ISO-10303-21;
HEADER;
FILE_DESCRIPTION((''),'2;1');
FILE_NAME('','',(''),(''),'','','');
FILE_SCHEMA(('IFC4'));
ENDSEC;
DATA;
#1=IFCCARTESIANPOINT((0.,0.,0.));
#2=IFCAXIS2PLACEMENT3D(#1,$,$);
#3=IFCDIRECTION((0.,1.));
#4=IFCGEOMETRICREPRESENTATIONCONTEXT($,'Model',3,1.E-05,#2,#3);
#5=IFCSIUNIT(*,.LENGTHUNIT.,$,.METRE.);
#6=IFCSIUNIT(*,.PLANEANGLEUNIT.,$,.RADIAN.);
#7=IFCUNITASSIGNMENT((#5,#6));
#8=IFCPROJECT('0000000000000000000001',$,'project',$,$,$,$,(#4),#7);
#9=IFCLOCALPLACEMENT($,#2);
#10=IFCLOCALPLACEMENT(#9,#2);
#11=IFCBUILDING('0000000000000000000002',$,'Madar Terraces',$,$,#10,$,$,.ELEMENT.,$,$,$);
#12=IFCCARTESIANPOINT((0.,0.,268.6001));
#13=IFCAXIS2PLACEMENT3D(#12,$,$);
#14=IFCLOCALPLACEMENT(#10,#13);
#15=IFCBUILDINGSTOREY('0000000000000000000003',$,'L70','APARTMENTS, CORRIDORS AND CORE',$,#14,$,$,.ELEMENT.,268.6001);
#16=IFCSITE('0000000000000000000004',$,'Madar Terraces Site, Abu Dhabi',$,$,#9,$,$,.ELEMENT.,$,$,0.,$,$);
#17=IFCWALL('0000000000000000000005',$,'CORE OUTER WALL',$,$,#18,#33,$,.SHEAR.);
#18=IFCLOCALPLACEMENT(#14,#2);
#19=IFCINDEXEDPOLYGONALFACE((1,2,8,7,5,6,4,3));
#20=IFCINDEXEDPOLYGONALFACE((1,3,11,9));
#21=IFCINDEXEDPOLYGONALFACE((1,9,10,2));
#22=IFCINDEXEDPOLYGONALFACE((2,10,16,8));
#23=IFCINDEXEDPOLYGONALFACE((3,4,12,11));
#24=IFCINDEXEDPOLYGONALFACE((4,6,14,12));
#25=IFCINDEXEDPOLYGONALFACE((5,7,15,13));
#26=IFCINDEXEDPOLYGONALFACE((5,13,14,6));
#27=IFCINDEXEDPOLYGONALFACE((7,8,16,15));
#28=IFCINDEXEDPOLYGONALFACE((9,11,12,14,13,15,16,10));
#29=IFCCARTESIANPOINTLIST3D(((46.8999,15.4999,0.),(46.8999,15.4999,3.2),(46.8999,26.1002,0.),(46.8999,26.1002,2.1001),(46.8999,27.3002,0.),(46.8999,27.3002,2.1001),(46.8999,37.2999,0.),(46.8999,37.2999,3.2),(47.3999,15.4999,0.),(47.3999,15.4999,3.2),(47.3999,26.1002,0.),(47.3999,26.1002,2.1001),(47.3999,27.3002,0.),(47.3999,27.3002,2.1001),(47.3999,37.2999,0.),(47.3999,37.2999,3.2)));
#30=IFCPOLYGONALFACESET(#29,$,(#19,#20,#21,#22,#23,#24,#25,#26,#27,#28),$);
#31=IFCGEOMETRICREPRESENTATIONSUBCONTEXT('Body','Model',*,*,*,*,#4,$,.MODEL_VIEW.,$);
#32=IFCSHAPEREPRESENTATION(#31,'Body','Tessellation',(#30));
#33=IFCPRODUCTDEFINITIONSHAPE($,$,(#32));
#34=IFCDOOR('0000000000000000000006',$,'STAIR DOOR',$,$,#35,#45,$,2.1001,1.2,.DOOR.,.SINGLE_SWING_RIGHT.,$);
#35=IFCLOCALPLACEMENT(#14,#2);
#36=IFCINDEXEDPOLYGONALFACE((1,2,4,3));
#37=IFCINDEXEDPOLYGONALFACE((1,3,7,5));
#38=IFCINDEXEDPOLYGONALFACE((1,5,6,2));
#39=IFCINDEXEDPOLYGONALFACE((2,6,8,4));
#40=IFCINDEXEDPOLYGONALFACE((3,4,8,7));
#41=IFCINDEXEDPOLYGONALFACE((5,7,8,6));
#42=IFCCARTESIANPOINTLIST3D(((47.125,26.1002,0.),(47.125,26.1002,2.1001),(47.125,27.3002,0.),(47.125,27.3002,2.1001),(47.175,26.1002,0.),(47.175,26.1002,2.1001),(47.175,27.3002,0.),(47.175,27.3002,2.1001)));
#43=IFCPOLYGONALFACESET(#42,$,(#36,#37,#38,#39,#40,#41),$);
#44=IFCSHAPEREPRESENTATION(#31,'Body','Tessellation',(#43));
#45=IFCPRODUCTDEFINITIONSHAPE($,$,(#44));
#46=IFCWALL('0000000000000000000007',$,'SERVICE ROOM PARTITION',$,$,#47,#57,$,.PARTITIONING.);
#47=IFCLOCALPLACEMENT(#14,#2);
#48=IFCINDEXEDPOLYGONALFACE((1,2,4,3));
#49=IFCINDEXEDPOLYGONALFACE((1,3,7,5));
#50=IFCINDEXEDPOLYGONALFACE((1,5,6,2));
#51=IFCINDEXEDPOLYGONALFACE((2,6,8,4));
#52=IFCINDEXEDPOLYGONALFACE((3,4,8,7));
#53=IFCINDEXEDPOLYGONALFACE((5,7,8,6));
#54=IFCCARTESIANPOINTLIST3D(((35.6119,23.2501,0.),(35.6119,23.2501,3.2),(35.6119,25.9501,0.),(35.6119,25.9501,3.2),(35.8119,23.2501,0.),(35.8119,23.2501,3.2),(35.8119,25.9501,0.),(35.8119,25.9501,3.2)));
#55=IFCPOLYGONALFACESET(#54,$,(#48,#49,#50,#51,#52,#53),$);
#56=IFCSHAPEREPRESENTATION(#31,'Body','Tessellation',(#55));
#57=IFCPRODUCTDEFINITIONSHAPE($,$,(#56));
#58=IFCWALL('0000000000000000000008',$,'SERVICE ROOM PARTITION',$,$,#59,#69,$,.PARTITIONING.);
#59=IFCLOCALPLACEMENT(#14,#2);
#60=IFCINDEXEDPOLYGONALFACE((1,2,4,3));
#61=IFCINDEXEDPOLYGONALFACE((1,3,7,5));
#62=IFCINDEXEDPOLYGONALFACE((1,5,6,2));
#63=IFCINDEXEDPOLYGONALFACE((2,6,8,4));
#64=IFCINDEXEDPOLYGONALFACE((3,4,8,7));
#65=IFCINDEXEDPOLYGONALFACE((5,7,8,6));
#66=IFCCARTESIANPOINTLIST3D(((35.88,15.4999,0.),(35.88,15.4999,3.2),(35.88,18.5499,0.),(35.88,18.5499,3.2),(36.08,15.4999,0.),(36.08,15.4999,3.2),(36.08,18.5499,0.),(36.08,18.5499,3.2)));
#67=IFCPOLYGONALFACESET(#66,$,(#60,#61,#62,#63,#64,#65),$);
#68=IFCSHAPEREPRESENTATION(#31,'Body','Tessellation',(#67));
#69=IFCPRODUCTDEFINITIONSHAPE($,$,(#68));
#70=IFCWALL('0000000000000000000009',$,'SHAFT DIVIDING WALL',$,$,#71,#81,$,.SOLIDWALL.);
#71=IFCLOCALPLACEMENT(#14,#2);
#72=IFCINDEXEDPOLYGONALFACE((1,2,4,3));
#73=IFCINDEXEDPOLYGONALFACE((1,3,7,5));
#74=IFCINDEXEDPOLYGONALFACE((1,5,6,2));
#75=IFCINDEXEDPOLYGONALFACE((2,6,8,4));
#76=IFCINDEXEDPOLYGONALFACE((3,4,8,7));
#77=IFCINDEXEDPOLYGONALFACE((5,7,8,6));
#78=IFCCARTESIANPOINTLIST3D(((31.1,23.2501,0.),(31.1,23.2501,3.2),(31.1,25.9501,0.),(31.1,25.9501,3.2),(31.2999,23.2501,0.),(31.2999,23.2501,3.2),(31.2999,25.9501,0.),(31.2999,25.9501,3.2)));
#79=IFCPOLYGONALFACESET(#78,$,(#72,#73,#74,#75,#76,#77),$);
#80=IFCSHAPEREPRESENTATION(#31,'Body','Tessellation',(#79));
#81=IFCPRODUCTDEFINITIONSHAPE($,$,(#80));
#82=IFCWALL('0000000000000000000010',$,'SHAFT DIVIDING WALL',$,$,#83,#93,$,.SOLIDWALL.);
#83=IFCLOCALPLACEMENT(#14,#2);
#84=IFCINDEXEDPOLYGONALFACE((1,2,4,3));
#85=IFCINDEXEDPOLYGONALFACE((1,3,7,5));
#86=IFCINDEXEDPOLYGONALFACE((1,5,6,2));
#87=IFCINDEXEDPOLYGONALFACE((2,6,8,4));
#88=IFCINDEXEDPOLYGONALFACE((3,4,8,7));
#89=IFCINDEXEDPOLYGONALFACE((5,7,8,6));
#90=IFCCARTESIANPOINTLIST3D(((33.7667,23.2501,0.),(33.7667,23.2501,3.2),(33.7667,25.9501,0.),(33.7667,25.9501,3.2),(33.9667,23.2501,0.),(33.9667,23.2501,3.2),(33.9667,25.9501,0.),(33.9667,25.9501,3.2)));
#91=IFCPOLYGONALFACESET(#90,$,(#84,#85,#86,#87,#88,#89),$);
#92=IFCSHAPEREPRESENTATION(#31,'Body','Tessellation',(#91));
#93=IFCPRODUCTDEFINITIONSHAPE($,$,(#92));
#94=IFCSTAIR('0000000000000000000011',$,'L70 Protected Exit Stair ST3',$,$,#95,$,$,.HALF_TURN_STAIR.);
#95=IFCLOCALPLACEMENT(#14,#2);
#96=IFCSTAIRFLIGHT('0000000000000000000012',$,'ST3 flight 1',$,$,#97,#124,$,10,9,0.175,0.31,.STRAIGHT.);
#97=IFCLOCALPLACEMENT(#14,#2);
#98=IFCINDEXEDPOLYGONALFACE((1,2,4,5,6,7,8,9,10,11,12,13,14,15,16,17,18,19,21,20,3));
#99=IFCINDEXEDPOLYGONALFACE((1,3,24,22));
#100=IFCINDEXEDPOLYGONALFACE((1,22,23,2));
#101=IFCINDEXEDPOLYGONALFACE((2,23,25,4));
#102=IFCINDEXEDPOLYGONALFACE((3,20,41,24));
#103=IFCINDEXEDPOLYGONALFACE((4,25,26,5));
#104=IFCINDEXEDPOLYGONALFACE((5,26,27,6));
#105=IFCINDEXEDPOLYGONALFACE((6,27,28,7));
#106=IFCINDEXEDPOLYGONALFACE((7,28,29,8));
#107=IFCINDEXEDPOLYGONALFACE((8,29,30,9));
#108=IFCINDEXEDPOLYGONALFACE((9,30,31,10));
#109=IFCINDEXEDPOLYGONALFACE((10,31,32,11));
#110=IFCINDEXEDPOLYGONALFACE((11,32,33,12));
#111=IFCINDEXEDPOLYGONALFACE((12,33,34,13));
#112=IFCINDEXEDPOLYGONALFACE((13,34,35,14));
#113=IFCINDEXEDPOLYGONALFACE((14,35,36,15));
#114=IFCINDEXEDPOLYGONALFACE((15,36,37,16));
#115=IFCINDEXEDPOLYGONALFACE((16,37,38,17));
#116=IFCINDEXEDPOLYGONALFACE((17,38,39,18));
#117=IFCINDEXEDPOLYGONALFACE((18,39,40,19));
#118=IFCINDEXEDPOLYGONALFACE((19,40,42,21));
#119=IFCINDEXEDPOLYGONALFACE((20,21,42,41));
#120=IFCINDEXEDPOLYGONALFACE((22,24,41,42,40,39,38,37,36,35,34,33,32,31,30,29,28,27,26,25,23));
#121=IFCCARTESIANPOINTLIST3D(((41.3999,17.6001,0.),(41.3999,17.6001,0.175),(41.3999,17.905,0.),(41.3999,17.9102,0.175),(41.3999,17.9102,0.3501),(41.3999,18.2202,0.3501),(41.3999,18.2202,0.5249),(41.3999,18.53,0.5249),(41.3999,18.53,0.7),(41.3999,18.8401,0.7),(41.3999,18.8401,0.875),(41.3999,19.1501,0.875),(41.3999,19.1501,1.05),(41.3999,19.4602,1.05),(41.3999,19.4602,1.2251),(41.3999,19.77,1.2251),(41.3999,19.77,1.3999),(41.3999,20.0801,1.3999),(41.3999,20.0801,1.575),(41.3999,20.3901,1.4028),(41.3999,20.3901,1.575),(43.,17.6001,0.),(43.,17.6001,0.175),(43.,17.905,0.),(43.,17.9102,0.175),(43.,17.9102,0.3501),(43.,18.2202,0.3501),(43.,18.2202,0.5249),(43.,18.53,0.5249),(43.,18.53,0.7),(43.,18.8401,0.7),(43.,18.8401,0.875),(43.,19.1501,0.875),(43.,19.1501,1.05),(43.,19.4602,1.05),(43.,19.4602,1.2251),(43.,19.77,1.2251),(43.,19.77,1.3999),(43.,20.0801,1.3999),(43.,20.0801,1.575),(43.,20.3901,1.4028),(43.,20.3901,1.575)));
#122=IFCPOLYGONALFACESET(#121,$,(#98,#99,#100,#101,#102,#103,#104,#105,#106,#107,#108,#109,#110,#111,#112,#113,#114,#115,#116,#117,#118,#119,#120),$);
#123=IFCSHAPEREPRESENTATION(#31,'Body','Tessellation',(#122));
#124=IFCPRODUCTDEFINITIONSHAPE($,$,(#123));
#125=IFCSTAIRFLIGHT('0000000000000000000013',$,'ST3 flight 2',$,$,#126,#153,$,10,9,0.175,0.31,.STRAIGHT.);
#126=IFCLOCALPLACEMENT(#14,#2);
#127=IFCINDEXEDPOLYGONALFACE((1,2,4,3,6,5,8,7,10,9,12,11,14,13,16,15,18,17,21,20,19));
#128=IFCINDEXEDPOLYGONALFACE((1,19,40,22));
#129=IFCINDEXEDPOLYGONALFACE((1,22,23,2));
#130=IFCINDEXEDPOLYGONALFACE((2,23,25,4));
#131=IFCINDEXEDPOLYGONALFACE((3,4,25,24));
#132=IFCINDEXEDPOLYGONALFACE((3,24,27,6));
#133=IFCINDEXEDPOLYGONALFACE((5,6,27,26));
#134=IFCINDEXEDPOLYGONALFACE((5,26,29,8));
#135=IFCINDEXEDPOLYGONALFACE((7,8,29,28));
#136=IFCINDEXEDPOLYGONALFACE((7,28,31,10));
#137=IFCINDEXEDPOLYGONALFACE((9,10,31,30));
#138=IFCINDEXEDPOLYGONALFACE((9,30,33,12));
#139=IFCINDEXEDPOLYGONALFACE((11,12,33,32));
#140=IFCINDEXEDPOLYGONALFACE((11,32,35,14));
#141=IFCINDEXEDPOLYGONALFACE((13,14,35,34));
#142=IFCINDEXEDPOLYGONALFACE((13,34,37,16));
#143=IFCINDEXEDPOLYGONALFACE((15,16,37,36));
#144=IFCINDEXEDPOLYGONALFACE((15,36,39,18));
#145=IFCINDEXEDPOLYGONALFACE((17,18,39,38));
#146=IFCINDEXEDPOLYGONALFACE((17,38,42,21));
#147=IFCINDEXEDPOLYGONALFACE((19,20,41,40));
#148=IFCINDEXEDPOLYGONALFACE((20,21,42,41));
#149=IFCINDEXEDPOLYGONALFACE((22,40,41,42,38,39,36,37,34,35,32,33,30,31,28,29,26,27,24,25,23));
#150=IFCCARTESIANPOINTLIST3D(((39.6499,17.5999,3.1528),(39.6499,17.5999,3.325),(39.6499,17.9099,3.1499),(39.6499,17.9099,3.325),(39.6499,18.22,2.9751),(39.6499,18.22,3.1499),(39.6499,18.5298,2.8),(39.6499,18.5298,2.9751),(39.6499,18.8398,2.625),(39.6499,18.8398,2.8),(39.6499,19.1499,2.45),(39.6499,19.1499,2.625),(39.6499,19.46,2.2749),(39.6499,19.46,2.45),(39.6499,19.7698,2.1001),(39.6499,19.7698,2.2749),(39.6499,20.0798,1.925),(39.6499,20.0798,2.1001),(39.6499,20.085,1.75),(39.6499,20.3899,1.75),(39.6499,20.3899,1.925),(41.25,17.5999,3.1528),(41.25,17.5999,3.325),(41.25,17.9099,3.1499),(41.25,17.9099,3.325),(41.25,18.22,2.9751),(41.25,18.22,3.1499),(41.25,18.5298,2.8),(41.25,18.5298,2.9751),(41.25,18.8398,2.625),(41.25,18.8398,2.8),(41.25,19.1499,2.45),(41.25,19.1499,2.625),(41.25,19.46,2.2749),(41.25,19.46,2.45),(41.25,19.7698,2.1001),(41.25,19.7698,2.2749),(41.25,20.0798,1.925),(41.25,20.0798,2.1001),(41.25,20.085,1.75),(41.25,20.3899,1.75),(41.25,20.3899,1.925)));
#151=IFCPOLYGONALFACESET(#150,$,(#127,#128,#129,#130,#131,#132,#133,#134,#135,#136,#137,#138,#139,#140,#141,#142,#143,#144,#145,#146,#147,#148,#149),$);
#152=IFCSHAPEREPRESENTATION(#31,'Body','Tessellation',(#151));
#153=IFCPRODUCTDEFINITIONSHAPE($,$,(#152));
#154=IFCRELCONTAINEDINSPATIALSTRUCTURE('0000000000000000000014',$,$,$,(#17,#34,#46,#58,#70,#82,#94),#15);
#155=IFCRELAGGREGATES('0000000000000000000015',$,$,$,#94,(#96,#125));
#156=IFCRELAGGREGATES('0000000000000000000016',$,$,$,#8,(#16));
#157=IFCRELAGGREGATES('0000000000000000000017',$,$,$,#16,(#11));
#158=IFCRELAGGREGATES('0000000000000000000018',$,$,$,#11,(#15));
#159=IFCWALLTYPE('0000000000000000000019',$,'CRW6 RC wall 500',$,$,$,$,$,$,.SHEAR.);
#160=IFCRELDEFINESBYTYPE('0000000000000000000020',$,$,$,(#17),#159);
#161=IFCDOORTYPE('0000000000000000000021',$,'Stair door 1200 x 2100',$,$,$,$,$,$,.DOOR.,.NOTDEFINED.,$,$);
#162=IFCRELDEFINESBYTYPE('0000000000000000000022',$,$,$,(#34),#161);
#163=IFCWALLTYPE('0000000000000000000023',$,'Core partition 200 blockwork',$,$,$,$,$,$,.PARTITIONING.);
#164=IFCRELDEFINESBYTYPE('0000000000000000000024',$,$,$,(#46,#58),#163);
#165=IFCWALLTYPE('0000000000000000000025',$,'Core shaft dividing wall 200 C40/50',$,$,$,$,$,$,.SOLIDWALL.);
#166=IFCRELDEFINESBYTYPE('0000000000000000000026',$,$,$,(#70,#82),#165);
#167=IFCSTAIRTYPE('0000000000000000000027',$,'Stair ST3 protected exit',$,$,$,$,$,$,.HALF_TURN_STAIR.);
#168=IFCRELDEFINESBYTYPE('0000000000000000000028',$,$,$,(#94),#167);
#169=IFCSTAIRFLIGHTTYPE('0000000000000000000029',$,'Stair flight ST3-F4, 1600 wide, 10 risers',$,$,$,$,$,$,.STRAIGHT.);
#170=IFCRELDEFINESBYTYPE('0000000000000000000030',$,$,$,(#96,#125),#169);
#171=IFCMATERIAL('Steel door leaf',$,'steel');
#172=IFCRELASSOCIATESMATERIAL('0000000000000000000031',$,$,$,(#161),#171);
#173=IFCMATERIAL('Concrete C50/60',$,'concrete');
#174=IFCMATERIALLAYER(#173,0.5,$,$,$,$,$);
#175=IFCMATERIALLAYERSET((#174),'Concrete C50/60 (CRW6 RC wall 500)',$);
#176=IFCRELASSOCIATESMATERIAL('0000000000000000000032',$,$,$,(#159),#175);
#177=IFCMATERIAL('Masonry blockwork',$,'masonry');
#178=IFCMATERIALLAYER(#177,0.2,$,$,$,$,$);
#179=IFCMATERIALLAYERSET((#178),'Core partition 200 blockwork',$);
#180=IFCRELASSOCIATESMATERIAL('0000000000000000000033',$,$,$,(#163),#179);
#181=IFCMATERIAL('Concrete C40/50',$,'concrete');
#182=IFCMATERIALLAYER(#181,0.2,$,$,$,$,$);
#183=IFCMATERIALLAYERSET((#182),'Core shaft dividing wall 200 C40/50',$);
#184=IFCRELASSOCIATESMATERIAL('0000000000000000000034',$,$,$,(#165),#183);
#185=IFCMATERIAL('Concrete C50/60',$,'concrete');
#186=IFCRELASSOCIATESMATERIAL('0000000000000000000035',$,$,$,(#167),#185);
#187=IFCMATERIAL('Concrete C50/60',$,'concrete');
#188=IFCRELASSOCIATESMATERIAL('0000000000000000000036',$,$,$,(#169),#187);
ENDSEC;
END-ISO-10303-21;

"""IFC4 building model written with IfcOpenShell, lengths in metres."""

from ifc_helpers import new_model, si_unit, direction, frame, frame_2d, origin, place, context, subcontext, project, spatial, polyline, rectangle, outline, extrude, material, layer, layer_set, type_object, element, fill, aggregate, save


model = new_model("IFC4")

# Units and contexts
model_context = context("Model", 3, precision=1e-05, world=origin(), true_north=direction((0.0, 1.0)))
body_context = subcontext(model_context, "Body", "Model", "MODEL_VIEW")
ifc_project = project(units=[si_unit("LENGTHUNIT", "METRE"), si_unit("PLANEANGLEUNIT", "RADIAN")], contexts=[model_context])

# Site, building, storey
site_placement = place(None, origin())
site = spatial("IfcSite", under=ifc_project, at=site_placement, Name="Madar Terraces Site, Abu Dhabi", CompositionType="ELEMENT", RefElevation=0.0)
building_placement = place(site_placement, origin())
building = spatial("IfcBuilding", under=site, at=building_placement, Name="Madar Terraces", CompositionType="ELEMENT")
storey_placement = place(building_placement, frame((0.0, 0.0, 268.6001)))
storey = spatial("IfcBuildingStorey", under=building, at=storey_placement, Name="L70", Description="APARTMENTS, CORRIDORS AND CORE", CompositionType="ELEMENT", Elevation=268.6001)

# Shared definitions
ifc_material_1 = material(Name="Steel door leaf", Category="steel")
door_type_1 = type_object("IfcDoorType", Name="Stair door 1200 x 2100", OperationType="NOTDEFINED", PredefinedType="DOOR", material=ifc_material_1)

# Wall, opening, door
ifc_material_2 = material(Name="Concrete C50/60", Category="concrete")
ifc_layer_1 = layer(ifc_material_2, 0.5)
ifc_layer_set_1 = layer_set([ifc_layer_1], Name="Concrete C50/60 (CRW6 RC wall 500)")
wall_type_1 = type_object("IfcWallType", Name="CRW6 RC wall 500", PredefinedType="SHEAR", material=ifc_layer_set_1)
wall_1_placement = place(storey_placement, frame((47.1499, 15.5, 0.0), z_axis=(0.0, 0.0, 1.0), x_axis=(0.0, 1.0, 0.0)))
wall_1 = element("IfcWall", 1, at=wall_1_placement, inside=storey, type_object=wall_type_1, Name="CORE OUTER WALL", PredefinedType="SHEAR", context=body_context, shape_type="SweptSolid", body=[
    extrude(rectangle(XDim=21.8, YDim=0.5, at=frame_2d((10.8999, 0.0))), origin(), (0.0, 0.0, 1.0), 3.2),
])
opening_1_placement = place(wall_1_placement, frame((10.6001, 0.0, 0.0)))
opening_1 = element("IfcOpeningElement", 2, at=opening_1_placement, cuts=wall_1, PredefinedType="OPENING", context=body_context, shape_type="SweptSolid", body=[
    extrude(rectangle(XDim=1.2, YDim=2.1001, at=frame_2d((0.6001, 1.05))), frame((0.0, 0.26, 0.0), z_axis=(0.0, -1.0, 0.0), x_axis=(1.0, 0.0, 0.0)), (0.0, 0.0, 1.0), 0.52),
])
door_1_placement = place(opening_1_placement, origin())
door_1 = element("IfcDoor", 3, at=door_1_placement, inside=storey, type_object=door_type_1, Name="STAIR DOOR", OperationType="SINGLE_SWING_RIGHT", OverallHeight=2.1001, OverallWidth=1.2, PredefinedType="DOOR", context=body_context, shape_type="SweptSolid", body=[
    extrude(rectangle(XDim=1.2, YDim=2.1001, at=frame_2d((0.6001, 1.05))), frame((0.0, 0.0249, 0.0), z_axis=(0.0, -1.0, 0.0), x_axis=(1.0, 0.0, 0.0)), (0.0, 0.0, 1.0), 0.05),
])
fill(opening_1, door_1)

# Walls
ifc_material_3 = material(Name="Masonry blockwork", Category="masonry")
ifc_layer_2 = layer(ifc_material_3, 0.2)
ifc_layer_set_2 = layer_set([ifc_layer_2], Name="Core partition 200 blockwork")
wall_type_2 = type_object("IfcWallType", Name="Core partition 200 blockwork", PredefinedType="PARTITIONING", material=ifc_layer_set_2)
wall_2_placement = place(storey_placement, frame((35.7119, 23.25, 0.0), z_axis=(0.0, 0.0, 1.0), x_axis=(0.0, 1.0, 0.0)))
element("IfcWall", 4, at=wall_2_placement, inside=storey, type_object=wall_type_2, Name="SERVICE ROOM PARTITION", PredefinedType="PARTITIONING", context=body_context, shape_type="SweptSolid", body=[
    extrude(rectangle(XDim=2.7, YDim=0.2, at=frame_2d((1.3501, 0.0))), origin(), (0.0, 0.0, 1.0), 3.2),
])
wall_3_placement = place(storey_placement, frame((35.98, 15.5, 0.0), z_axis=(0.0, 0.0, 1.0), x_axis=(0.0, 1.0, 0.0)))
element("IfcWall", 5, at=wall_3_placement, inside=storey, type_object=wall_type_2, Name="SERVICE ROOM PARTITION", PredefinedType="PARTITIONING", context=body_context, shape_type="SweptSolid", body=[
    extrude(rectangle(XDim=3.05, YDim=0.2, at=frame_2d((1.5249, 0.0))), origin(), (0.0, 0.0, 1.0), 3.2),
])
ifc_material_4 = material(Name="Concrete C40/50", Category="concrete")
ifc_layer_3 = layer(ifc_material_4, 0.2)
ifc_layer_set_3 = layer_set([ifc_layer_3], Name="Core shaft dividing wall 200 C40/50")
wall_type_3 = type_object("IfcWallType", Name="Core shaft dividing wall 200 C40/50", PredefinedType="SOLIDWALL", material=ifc_layer_set_3)
for number, where, z_axis, x_axis, name in (
    (6, (31.2, 23.25, 0.0), (0.0, 0.0, 1.0), (0.0, 1.0, 0.0), "SHAFT DIVIDING WALL"),
    (7, (33.8667, 23.25, 0.0), (0.0, 0.0, 1.0), (0.0, 1.0, 0.0), "SHAFT DIVIDING WALL"),
):
    element("IfcWall", number, at=place(storey_placement, frame(where, z_axis=z_axis, x_axis=x_axis)), inside=storey, type_object=wall_type_3, Name=name, PredefinedType="SOLIDWALL", context=body_context, shape_type="SweptSolid", body=[
        extrude(rectangle(XDim=2.7, YDim=0.2, at=frame_2d((1.3501, 0.0))), origin(), (0.0, 0.0, 1.0), 3.2),
    ])

# Stair, stair flights
ifc_material_5 = material(Name="Concrete C50/60", Category="concrete")
stair_type = type_object("IfcStairType", Name="Stair ST3 protected exit", PredefinedType="HALF_TURN_STAIR", material=ifc_material_5)
stair_placement = place(storey_placement, origin())
stair = element("IfcStair", 8, at=stair_placement, inside=storey, type_object=stair_type, Name="L70 Protected Exit Stair ST3", PredefinedType="HALF_TURN_STAIR")
ifc_material_6 = material(Name="Concrete C50/60", Category="concrete")
stair_flight_type = type_object("IfcStairFlightType", Name="Stair flight ST3-F4, 1600 wide, 10 risers", PredefinedType="STRAIGHT", material=ifc_material_6)
stair_flight_1_placement = place(storey_placement, frame((42.2, 17.6001, 0.0), z_axis=(0.0, 0.0, 1.0), x_axis=(0.0, 1.0, 0.0)))
stair_flight_1 = element("IfcStairFlight", 9, at=stair_flight_1_placement, type_object=stair_flight_type, Name="ST3 flight 1", NumberOfRisers=10, NumberOfTreads=9, PredefinedType="STRAIGHT", RiserHeight=0.175, TreadLength=0.31, context=body_context, shape_type="SweptSolid", body=[
    extrude(outline(polyline([(0.0, 0.0), (0.0, 0.175), (0.3101, 0.175), (0.3101, 0.3501), (0.6201, 0.3501), (0.6201, 0.5249), (0.9299, 0.5249), (0.9299, 0.7), (1.24, 0.7), (1.24, 0.875), (1.55, 0.875), (1.55, 1.05), (1.8601, 1.05), (1.8601, 1.2251), (2.1699, 1.2251), (2.1699, 1.3999), (2.48, 1.3999), (2.48, 1.575), (2.79, 1.575), (2.79, 1.75), (2.79, 1.4028), (0.3049, 0.0), (0.0, 0.0)])), frame((0.0, 0.8, 0.0), z_axis=(0.0, -1.0, 0.0), x_axis=(1.0, 0.0, 0.0)), (0.0, 0.0, 1.0), 1.6001),
])
stair_flight_2_placement = place(storey_placement, frame((40.45, 20.3899, 1.75), z_axis=(0.0, 0.0, 1.0), x_axis=(0.0, -1.0, 0.0)))
stair_flight_2 = element("IfcStairFlight", 10, at=stair_flight_2_placement, type_object=stair_flight_type, Name="ST3 flight 2", NumberOfRisers=10, NumberOfTreads=9, PredefinedType="STRAIGHT", RiserHeight=0.175, TreadLength=0.31, context=body_context, shape_type="SweptSolid", body=[
    extrude(outline(polyline([(0.0, 0.0), (0.0, 0.175), (0.3101, 0.175), (0.3101, 0.3501), (0.6201, 0.3501), (0.6201, 0.5249), (0.9299, 0.5249), (0.9299, 0.7), (1.24, 0.7), (1.24, 0.875), (1.55, 0.875), (1.55, 1.05), (1.8601, 1.05), (1.8601, 1.2251), (2.1699, 1.2251), (2.1699, 1.3999), (2.48, 1.3999), (2.48, 1.575), (2.79, 1.575), (2.79, 1.75), (2.79, 1.4028), (0.3049, 0.0), (0.0, 0.0)])), frame((0.0, 0.8, 0.0), z_axis=(0.0, -1.0, 0.0), x_axis=(1.0, 0.0, 0.0)), (0.0, 0.0, 1.0), 1.6001),
])
aggregate(stair, [stair_flight_1, stair_flight_2])

save(model, "model.ifc")
